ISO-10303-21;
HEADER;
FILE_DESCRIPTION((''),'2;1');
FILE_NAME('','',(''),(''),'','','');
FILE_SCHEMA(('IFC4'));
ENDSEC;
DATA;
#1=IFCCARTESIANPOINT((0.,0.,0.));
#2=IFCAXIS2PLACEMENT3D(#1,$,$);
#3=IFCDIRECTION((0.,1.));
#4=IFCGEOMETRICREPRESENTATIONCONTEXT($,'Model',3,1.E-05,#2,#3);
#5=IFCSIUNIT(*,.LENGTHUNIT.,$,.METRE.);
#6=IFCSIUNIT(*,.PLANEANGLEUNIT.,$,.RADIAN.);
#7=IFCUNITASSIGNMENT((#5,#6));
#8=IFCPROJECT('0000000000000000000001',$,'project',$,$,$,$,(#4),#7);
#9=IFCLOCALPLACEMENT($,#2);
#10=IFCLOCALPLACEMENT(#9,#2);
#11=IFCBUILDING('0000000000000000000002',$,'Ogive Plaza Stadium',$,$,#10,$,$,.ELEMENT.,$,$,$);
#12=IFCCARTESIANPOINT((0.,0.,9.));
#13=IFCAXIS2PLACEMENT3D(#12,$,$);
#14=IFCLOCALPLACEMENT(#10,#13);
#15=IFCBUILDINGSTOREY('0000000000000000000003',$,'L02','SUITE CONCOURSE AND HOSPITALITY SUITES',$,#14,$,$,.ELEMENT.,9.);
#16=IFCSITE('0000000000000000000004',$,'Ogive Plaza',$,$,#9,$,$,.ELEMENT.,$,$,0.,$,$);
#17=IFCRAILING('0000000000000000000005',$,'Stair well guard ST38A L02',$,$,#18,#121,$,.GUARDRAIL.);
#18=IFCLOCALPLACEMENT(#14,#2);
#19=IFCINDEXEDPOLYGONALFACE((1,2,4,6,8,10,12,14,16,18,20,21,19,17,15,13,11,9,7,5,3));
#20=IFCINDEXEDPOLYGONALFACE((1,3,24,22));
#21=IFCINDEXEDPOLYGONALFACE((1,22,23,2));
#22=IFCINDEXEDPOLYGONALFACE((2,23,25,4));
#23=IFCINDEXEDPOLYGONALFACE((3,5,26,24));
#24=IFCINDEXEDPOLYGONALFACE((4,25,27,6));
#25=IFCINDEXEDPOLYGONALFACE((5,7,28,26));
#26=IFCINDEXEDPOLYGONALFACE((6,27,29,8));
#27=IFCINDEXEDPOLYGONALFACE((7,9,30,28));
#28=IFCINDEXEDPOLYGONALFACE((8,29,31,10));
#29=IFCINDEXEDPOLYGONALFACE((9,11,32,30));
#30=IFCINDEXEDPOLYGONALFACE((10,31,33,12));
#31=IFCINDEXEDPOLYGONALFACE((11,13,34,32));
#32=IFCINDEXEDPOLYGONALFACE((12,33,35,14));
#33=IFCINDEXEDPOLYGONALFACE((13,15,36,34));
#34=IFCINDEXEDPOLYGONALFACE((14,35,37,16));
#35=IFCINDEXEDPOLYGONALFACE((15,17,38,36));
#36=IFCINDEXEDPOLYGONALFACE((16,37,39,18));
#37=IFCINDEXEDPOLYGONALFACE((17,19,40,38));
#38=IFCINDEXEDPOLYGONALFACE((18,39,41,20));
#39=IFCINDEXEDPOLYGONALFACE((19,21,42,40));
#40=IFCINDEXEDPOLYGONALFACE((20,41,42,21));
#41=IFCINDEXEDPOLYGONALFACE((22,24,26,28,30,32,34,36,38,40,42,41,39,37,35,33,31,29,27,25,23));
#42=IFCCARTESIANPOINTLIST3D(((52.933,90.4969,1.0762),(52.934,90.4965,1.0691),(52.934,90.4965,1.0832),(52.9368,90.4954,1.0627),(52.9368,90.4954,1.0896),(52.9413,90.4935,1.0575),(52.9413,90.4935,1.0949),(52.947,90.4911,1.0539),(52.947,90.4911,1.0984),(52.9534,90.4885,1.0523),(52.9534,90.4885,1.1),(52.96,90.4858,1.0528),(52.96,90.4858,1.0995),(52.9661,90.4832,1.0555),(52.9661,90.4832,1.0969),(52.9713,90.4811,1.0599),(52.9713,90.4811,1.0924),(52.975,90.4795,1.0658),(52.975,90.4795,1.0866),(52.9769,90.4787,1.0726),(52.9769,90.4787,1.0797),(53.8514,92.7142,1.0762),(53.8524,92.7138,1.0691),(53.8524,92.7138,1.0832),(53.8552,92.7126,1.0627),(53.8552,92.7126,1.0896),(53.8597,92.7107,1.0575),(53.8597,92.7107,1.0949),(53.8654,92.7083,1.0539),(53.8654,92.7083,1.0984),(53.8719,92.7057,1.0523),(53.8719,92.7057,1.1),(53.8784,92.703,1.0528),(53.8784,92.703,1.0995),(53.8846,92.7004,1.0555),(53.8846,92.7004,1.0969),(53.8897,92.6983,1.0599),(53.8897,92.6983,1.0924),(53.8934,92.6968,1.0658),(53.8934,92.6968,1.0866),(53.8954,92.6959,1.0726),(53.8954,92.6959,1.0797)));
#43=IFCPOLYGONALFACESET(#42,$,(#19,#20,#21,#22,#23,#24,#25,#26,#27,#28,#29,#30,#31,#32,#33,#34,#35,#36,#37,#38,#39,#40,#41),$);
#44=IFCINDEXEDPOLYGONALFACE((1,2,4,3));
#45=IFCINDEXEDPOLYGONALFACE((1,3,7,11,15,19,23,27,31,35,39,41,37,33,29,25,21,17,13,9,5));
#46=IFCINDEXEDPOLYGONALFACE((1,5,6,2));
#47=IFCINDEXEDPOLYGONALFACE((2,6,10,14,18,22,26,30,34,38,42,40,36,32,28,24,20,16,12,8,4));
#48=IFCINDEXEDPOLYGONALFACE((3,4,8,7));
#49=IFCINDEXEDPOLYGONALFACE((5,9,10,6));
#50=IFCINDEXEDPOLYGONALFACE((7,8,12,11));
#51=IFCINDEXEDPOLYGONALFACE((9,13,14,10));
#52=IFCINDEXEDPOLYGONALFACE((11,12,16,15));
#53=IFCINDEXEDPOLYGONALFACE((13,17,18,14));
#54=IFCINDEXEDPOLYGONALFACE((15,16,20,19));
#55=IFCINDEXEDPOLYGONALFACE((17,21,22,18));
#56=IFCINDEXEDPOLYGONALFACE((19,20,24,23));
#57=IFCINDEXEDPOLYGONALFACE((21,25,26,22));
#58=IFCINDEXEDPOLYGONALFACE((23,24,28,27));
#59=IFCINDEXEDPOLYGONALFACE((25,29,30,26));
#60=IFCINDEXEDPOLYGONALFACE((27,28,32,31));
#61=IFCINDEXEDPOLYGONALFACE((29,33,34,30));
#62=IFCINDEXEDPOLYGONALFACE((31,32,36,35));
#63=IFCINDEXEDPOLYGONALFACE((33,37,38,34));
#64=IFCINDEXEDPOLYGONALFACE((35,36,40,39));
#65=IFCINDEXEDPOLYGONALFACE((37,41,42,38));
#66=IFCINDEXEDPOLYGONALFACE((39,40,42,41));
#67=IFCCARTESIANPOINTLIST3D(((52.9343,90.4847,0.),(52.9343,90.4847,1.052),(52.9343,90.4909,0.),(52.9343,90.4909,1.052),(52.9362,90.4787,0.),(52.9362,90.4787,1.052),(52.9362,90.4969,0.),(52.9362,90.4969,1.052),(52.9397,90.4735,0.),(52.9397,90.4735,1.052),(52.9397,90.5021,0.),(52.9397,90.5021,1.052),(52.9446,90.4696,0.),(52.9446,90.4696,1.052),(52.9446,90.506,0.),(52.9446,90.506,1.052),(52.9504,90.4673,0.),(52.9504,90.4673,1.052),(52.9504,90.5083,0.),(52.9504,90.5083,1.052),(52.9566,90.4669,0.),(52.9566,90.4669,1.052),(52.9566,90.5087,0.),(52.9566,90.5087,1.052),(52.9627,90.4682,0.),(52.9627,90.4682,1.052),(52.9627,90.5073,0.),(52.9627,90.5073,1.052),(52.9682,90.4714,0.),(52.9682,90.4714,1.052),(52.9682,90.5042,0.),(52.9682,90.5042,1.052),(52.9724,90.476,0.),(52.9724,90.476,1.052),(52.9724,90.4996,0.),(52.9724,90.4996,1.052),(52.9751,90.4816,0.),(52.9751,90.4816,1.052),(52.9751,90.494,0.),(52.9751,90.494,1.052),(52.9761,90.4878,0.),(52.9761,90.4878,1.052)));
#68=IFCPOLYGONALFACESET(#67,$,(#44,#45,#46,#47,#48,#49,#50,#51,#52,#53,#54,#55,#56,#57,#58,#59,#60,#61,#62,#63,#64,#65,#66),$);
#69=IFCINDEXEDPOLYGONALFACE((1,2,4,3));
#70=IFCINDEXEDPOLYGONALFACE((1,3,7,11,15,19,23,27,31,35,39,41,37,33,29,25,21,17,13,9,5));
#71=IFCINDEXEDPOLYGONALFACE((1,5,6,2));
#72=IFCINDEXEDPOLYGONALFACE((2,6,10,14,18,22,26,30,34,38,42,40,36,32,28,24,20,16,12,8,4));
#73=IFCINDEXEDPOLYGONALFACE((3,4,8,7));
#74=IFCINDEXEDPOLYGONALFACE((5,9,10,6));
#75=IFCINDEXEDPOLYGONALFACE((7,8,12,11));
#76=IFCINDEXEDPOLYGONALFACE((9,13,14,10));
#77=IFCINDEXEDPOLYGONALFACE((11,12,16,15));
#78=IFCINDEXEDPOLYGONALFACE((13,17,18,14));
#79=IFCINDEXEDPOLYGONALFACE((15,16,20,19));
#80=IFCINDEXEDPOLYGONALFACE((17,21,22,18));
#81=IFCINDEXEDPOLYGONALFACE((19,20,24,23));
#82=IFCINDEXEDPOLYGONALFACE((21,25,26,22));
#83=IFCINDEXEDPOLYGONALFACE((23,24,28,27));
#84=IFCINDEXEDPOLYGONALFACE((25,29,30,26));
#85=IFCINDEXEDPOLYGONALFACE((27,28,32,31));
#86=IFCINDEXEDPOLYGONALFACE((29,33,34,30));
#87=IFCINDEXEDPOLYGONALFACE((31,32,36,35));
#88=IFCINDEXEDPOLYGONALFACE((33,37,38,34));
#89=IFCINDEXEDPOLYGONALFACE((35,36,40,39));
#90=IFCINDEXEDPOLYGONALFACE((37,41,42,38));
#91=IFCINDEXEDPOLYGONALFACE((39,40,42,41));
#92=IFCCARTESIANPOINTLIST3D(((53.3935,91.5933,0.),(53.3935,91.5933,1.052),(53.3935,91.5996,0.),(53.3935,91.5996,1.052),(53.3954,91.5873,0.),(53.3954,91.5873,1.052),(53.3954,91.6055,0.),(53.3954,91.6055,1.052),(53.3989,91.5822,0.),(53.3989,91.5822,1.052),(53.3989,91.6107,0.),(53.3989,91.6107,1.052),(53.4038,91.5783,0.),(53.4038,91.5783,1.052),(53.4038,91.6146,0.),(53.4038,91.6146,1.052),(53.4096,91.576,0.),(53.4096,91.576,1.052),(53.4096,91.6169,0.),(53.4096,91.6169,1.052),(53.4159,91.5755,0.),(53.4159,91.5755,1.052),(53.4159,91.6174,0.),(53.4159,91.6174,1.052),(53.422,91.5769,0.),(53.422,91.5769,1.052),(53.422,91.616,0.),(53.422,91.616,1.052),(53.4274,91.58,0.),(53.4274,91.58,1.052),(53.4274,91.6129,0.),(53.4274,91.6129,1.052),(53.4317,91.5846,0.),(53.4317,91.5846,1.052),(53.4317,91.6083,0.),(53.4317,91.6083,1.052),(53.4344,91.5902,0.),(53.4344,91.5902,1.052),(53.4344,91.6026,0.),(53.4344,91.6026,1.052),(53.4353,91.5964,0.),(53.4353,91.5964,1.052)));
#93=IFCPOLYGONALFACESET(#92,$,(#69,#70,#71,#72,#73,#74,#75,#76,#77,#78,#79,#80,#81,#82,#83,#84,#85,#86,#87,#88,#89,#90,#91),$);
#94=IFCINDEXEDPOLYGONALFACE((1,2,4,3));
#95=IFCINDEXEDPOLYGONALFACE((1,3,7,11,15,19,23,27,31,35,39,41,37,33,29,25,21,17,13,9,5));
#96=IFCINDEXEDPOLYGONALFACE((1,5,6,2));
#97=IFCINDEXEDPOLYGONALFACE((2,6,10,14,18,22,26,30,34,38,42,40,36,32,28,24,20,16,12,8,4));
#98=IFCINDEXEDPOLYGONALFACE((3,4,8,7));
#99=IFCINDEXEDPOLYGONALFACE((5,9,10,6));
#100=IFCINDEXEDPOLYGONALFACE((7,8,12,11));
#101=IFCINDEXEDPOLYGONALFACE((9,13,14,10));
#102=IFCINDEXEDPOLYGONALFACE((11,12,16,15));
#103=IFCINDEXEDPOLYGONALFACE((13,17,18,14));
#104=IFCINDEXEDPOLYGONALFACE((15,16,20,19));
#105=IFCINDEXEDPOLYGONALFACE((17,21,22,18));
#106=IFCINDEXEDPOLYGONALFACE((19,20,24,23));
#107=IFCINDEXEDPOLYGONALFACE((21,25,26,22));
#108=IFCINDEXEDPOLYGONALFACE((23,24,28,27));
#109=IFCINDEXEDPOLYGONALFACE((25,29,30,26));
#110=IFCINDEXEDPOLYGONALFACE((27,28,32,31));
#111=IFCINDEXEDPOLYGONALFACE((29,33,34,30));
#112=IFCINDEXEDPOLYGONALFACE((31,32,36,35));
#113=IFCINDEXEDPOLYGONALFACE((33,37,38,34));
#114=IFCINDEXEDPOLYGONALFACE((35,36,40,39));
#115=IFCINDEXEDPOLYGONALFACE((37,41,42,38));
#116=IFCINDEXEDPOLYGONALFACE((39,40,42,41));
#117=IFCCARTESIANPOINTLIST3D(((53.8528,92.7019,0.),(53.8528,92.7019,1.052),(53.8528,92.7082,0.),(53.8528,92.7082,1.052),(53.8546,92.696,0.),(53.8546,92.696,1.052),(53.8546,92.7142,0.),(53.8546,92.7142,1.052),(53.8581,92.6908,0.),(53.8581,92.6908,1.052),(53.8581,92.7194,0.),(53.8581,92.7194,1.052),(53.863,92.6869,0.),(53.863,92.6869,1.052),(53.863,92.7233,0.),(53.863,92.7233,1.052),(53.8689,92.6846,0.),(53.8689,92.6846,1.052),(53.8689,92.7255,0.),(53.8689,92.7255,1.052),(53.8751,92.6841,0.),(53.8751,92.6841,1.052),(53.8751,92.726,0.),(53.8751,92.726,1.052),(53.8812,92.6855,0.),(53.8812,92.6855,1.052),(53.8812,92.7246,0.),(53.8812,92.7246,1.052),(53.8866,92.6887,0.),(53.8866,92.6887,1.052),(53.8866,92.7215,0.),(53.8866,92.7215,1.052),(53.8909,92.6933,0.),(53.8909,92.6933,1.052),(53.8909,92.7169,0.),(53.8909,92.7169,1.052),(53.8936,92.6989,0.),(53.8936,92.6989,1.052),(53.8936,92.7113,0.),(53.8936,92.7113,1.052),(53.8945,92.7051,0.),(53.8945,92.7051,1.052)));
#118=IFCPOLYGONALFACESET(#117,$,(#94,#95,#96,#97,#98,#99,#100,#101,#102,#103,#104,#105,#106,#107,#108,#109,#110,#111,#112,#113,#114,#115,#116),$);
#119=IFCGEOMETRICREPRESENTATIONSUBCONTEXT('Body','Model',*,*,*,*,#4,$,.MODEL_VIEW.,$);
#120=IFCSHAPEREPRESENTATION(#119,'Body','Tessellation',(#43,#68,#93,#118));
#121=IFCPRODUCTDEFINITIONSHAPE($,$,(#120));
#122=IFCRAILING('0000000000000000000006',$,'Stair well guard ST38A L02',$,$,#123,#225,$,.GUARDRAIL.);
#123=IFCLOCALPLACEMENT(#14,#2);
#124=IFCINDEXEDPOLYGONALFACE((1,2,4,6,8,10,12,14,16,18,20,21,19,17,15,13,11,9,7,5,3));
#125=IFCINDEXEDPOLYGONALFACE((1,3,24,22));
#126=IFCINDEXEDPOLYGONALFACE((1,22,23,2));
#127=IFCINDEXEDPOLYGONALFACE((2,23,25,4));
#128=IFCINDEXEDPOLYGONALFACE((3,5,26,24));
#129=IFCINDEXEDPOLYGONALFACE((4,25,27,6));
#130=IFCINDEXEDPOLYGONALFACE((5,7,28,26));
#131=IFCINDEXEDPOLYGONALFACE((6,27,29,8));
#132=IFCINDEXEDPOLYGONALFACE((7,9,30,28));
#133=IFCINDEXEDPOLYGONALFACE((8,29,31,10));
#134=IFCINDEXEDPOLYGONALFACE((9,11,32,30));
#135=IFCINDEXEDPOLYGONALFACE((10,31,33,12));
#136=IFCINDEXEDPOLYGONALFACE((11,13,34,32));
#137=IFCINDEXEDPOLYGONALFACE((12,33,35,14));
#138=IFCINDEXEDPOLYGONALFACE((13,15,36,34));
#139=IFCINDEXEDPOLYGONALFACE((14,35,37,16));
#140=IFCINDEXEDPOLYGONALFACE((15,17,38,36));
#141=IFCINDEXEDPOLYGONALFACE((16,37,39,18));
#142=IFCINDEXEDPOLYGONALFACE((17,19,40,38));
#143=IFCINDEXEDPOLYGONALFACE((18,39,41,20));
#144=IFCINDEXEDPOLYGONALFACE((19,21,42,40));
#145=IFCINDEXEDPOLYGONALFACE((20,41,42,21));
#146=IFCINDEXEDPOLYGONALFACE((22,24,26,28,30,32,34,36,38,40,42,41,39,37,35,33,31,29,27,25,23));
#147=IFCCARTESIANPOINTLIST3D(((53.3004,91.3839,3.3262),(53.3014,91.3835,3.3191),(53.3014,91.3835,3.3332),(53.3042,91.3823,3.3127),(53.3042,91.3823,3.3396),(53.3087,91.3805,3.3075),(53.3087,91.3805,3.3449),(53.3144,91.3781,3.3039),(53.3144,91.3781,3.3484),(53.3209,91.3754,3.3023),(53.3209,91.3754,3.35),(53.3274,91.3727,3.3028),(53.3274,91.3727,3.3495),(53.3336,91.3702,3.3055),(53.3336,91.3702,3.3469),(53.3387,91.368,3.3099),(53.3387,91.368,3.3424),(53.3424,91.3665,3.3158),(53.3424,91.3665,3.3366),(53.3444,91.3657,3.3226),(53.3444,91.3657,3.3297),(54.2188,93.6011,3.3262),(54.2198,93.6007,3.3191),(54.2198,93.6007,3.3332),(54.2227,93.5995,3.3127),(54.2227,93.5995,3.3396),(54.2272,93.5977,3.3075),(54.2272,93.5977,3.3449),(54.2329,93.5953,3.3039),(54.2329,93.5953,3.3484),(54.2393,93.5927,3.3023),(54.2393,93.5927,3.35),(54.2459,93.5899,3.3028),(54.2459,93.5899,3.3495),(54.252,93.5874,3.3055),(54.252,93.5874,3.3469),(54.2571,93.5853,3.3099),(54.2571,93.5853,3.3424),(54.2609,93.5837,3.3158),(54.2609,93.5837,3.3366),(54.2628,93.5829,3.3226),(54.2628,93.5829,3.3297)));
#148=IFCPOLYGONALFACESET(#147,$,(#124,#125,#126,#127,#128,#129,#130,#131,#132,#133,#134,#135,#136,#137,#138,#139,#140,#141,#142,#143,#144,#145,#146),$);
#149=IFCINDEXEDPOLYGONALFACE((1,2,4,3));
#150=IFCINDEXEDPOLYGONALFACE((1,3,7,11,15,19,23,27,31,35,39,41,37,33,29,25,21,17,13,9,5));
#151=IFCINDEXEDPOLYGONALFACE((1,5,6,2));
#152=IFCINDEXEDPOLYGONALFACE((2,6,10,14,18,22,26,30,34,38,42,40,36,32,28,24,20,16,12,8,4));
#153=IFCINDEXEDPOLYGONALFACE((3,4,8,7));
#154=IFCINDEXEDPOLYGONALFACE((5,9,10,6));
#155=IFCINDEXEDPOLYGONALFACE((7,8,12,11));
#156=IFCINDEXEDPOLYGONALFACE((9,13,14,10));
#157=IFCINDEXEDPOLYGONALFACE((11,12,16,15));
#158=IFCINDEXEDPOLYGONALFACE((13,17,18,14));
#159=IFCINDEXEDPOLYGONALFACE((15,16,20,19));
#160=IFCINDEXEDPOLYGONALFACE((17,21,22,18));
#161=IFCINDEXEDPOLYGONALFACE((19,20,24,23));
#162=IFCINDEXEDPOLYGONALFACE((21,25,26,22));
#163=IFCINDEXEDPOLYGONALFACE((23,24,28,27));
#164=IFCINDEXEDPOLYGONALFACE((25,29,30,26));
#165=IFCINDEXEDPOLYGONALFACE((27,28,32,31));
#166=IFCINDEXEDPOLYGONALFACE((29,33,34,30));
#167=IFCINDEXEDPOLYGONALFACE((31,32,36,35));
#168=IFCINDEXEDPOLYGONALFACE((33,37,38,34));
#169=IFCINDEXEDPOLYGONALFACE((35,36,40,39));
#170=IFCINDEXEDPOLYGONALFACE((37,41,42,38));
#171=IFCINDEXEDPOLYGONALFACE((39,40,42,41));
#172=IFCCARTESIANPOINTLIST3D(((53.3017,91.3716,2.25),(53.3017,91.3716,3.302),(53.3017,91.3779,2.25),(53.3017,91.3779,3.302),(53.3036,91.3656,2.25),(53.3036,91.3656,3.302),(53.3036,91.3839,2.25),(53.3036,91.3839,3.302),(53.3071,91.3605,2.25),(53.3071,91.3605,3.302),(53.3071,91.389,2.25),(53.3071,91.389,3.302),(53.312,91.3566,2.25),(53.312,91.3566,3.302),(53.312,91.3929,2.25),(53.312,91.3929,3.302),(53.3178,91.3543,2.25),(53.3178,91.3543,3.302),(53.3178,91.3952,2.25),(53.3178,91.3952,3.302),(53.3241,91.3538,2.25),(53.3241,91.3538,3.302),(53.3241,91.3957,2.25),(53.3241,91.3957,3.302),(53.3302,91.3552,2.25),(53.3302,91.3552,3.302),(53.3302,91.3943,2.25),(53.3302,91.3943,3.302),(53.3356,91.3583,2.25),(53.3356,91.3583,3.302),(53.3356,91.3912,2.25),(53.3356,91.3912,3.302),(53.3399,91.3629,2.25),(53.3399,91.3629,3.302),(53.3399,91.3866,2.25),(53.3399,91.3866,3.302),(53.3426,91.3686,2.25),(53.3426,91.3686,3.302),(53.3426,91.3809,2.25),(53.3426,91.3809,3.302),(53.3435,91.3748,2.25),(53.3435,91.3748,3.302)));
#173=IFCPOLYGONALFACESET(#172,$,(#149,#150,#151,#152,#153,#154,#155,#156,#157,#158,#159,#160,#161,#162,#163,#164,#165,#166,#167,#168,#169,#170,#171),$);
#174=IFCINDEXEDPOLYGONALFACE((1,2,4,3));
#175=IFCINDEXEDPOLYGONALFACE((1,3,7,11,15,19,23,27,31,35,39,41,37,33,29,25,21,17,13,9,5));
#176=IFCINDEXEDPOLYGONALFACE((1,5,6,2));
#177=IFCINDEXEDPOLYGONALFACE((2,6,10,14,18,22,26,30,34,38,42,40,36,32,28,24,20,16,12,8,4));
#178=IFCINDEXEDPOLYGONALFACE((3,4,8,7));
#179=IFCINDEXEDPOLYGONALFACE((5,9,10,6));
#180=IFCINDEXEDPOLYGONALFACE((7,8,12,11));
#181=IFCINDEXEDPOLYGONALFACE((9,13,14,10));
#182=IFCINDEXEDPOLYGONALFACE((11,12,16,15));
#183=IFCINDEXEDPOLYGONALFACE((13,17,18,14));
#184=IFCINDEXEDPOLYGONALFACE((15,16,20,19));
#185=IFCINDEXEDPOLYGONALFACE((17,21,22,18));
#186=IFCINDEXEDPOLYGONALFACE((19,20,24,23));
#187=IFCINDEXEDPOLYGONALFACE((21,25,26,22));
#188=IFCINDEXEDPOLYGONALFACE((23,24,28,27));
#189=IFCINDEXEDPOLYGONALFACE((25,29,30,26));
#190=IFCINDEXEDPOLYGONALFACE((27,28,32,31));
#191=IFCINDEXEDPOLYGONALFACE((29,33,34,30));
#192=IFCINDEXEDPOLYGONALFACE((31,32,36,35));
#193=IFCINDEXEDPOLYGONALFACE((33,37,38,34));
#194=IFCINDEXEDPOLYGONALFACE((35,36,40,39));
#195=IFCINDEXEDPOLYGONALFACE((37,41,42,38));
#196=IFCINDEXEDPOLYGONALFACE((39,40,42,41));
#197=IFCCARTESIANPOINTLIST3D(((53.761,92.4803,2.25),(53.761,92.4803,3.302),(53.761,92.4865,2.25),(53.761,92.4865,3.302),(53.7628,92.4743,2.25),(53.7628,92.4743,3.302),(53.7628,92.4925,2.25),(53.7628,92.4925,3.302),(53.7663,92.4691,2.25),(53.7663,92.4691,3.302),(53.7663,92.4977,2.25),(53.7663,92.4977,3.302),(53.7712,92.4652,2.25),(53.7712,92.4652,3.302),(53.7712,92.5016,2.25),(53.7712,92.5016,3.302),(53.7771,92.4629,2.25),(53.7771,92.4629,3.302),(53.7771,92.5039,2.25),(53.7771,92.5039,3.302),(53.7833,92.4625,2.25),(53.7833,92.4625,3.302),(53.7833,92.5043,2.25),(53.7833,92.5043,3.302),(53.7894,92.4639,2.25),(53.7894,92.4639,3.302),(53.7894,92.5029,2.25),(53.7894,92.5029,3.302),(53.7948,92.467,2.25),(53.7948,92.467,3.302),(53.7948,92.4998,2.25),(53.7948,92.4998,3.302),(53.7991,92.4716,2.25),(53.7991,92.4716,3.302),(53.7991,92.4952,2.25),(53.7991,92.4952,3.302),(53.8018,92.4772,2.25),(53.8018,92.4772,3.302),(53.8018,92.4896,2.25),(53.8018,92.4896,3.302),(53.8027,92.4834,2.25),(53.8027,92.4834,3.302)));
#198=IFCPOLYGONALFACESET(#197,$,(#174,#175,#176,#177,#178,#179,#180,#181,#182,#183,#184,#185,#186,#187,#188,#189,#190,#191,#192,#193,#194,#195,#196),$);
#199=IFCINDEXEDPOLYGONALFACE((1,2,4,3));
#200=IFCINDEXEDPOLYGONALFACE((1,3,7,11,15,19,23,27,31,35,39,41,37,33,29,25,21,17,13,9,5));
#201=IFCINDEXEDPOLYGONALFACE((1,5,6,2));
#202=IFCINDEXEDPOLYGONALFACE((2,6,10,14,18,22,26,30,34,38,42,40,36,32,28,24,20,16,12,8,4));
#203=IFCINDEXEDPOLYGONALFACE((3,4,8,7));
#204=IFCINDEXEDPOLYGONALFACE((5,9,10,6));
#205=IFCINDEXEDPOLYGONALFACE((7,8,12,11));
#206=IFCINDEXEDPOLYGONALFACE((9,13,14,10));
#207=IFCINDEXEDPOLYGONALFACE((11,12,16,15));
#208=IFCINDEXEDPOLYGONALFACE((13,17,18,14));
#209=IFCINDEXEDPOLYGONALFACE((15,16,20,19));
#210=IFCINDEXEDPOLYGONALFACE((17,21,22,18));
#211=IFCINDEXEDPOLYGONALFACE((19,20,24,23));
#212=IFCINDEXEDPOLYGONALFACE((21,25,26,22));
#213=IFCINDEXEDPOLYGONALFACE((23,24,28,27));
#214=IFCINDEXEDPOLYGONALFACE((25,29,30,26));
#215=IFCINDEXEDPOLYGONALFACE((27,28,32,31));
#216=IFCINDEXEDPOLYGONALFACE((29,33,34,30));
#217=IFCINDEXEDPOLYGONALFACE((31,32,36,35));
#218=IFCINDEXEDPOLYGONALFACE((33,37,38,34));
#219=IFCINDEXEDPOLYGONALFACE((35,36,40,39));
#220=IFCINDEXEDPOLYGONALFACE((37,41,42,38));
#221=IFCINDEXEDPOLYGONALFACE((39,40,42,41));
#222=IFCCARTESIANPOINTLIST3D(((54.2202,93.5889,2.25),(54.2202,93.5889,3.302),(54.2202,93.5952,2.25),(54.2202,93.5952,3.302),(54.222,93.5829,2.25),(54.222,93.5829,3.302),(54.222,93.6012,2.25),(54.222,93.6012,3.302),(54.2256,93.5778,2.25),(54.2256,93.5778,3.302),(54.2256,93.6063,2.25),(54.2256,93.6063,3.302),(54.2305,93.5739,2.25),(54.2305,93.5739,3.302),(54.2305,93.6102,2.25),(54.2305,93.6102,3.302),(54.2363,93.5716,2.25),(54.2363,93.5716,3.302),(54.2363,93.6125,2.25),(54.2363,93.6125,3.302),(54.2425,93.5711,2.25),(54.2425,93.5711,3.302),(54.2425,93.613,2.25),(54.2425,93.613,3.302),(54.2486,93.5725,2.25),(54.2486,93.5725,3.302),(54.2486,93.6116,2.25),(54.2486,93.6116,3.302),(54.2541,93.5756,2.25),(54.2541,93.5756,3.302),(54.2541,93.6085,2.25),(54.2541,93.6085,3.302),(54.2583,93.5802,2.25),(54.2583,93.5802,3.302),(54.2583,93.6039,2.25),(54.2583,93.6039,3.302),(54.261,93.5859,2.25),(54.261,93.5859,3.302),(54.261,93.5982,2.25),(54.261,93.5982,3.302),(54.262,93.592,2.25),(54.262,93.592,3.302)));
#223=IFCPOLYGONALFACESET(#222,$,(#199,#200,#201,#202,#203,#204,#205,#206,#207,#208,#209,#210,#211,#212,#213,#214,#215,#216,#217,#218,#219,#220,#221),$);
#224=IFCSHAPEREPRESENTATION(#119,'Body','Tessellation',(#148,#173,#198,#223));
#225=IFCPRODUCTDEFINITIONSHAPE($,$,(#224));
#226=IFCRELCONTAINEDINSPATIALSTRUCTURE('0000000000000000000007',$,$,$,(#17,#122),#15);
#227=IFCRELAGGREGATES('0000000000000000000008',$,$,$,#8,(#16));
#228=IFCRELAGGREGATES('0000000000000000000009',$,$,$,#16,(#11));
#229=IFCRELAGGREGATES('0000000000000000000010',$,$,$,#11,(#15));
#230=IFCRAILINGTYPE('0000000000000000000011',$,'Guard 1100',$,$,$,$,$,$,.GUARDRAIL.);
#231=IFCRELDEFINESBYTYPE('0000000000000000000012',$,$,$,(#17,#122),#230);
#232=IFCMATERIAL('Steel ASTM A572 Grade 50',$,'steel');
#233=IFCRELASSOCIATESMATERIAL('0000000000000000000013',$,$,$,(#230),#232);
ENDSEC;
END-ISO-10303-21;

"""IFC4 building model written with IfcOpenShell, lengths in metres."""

from ifc_helpers import new_model, si_unit, direction, frame, origin, origin_2d, place, context, subcontext, project, spatial, circle, extrude, material, type_object, element, save


model = new_model("IFC4")

# Units and contexts
model_context = context("Model", 3, precision=1e-05, world=origin(), true_north=direction((0.0, 1.0)))
body_context = subcontext(model_context, "Body", "Model", "MODEL_VIEW")
ifc_project = project(units=[si_unit("LENGTHUNIT", "METRE"), si_unit("PLANEANGLEUNIT", "RADIAN")], contexts=[model_context])

# Site, building, storey
site_placement = place(None, origin())
site = spatial("IfcSite", under=ifc_project, at=site_placement, Name="Ogive Plaza", CompositionType="ELEMENT", RefElevation=0.0)
building_placement = place(site_placement, origin())
building = spatial("IfcBuilding", under=site, at=building_placement, Name="Ogive Plaza Stadium", CompositionType="ELEMENT")
storey_placement = place(building_placement, frame((0.0, 0.0, 9.0)))
storey = spatial("IfcBuildingStorey", under=building, at=storey_placement, Name="L02", Description="SUITE CONCOURSE AND HOSPITALITY SUITES", CompositionType="ELEMENT", Elevation=9.0)

# Railings
ifc_material_1 = material(Name="Steel ASTM A572 Grade 50", Category="steel")
railing_type_1 = type_object("IfcRailingType", Name="Guard 1100", PredefinedType="GUARDRAIL", material=ifc_material_1)
for number, where, name in (
    (1, (52.9551, 90.4878, 0.0), "Stair well guard ST38A L02"),
    (2, (53.3225, 91.3748, 2.25), "Stair well guard ST38A L02"),
):
    element("IfcRailing", number, at=place(storey_placement, frame(where)), inside=storey, type_object=railing_type_1, Name=name, PredefinedType="GUARDRAIL", context=body_context, shape_type="SweptSolid", body=[
        extrude(circle(Radius=0.0239, at=origin_2d()), frame((0.0, 0.0, 1.0762), z_axis=(0.382693, 0.923875, 0.0), x_axis=(-0.923875, 0.382693, 0.0)), (0.0, 0.0, 1.0), 2.3999),
        extrude(circle(Radius=0.021, at=origin_2d()), origin(), (0.0, 0.0, 1.0), 1.052),
        extrude(circle(Radius=0.021, at=origin_2d()), frame((0.4592, 1.1086, 0.0)), (0.0, 0.0, 1.0), 1.052),
        extrude(circle(Radius=0.021, at=origin_2d()), frame((0.9185, 2.2173, 0.0)), (0.0, 0.0, 1.0), 1.052),
    ])

save(model, "model.ifc")
